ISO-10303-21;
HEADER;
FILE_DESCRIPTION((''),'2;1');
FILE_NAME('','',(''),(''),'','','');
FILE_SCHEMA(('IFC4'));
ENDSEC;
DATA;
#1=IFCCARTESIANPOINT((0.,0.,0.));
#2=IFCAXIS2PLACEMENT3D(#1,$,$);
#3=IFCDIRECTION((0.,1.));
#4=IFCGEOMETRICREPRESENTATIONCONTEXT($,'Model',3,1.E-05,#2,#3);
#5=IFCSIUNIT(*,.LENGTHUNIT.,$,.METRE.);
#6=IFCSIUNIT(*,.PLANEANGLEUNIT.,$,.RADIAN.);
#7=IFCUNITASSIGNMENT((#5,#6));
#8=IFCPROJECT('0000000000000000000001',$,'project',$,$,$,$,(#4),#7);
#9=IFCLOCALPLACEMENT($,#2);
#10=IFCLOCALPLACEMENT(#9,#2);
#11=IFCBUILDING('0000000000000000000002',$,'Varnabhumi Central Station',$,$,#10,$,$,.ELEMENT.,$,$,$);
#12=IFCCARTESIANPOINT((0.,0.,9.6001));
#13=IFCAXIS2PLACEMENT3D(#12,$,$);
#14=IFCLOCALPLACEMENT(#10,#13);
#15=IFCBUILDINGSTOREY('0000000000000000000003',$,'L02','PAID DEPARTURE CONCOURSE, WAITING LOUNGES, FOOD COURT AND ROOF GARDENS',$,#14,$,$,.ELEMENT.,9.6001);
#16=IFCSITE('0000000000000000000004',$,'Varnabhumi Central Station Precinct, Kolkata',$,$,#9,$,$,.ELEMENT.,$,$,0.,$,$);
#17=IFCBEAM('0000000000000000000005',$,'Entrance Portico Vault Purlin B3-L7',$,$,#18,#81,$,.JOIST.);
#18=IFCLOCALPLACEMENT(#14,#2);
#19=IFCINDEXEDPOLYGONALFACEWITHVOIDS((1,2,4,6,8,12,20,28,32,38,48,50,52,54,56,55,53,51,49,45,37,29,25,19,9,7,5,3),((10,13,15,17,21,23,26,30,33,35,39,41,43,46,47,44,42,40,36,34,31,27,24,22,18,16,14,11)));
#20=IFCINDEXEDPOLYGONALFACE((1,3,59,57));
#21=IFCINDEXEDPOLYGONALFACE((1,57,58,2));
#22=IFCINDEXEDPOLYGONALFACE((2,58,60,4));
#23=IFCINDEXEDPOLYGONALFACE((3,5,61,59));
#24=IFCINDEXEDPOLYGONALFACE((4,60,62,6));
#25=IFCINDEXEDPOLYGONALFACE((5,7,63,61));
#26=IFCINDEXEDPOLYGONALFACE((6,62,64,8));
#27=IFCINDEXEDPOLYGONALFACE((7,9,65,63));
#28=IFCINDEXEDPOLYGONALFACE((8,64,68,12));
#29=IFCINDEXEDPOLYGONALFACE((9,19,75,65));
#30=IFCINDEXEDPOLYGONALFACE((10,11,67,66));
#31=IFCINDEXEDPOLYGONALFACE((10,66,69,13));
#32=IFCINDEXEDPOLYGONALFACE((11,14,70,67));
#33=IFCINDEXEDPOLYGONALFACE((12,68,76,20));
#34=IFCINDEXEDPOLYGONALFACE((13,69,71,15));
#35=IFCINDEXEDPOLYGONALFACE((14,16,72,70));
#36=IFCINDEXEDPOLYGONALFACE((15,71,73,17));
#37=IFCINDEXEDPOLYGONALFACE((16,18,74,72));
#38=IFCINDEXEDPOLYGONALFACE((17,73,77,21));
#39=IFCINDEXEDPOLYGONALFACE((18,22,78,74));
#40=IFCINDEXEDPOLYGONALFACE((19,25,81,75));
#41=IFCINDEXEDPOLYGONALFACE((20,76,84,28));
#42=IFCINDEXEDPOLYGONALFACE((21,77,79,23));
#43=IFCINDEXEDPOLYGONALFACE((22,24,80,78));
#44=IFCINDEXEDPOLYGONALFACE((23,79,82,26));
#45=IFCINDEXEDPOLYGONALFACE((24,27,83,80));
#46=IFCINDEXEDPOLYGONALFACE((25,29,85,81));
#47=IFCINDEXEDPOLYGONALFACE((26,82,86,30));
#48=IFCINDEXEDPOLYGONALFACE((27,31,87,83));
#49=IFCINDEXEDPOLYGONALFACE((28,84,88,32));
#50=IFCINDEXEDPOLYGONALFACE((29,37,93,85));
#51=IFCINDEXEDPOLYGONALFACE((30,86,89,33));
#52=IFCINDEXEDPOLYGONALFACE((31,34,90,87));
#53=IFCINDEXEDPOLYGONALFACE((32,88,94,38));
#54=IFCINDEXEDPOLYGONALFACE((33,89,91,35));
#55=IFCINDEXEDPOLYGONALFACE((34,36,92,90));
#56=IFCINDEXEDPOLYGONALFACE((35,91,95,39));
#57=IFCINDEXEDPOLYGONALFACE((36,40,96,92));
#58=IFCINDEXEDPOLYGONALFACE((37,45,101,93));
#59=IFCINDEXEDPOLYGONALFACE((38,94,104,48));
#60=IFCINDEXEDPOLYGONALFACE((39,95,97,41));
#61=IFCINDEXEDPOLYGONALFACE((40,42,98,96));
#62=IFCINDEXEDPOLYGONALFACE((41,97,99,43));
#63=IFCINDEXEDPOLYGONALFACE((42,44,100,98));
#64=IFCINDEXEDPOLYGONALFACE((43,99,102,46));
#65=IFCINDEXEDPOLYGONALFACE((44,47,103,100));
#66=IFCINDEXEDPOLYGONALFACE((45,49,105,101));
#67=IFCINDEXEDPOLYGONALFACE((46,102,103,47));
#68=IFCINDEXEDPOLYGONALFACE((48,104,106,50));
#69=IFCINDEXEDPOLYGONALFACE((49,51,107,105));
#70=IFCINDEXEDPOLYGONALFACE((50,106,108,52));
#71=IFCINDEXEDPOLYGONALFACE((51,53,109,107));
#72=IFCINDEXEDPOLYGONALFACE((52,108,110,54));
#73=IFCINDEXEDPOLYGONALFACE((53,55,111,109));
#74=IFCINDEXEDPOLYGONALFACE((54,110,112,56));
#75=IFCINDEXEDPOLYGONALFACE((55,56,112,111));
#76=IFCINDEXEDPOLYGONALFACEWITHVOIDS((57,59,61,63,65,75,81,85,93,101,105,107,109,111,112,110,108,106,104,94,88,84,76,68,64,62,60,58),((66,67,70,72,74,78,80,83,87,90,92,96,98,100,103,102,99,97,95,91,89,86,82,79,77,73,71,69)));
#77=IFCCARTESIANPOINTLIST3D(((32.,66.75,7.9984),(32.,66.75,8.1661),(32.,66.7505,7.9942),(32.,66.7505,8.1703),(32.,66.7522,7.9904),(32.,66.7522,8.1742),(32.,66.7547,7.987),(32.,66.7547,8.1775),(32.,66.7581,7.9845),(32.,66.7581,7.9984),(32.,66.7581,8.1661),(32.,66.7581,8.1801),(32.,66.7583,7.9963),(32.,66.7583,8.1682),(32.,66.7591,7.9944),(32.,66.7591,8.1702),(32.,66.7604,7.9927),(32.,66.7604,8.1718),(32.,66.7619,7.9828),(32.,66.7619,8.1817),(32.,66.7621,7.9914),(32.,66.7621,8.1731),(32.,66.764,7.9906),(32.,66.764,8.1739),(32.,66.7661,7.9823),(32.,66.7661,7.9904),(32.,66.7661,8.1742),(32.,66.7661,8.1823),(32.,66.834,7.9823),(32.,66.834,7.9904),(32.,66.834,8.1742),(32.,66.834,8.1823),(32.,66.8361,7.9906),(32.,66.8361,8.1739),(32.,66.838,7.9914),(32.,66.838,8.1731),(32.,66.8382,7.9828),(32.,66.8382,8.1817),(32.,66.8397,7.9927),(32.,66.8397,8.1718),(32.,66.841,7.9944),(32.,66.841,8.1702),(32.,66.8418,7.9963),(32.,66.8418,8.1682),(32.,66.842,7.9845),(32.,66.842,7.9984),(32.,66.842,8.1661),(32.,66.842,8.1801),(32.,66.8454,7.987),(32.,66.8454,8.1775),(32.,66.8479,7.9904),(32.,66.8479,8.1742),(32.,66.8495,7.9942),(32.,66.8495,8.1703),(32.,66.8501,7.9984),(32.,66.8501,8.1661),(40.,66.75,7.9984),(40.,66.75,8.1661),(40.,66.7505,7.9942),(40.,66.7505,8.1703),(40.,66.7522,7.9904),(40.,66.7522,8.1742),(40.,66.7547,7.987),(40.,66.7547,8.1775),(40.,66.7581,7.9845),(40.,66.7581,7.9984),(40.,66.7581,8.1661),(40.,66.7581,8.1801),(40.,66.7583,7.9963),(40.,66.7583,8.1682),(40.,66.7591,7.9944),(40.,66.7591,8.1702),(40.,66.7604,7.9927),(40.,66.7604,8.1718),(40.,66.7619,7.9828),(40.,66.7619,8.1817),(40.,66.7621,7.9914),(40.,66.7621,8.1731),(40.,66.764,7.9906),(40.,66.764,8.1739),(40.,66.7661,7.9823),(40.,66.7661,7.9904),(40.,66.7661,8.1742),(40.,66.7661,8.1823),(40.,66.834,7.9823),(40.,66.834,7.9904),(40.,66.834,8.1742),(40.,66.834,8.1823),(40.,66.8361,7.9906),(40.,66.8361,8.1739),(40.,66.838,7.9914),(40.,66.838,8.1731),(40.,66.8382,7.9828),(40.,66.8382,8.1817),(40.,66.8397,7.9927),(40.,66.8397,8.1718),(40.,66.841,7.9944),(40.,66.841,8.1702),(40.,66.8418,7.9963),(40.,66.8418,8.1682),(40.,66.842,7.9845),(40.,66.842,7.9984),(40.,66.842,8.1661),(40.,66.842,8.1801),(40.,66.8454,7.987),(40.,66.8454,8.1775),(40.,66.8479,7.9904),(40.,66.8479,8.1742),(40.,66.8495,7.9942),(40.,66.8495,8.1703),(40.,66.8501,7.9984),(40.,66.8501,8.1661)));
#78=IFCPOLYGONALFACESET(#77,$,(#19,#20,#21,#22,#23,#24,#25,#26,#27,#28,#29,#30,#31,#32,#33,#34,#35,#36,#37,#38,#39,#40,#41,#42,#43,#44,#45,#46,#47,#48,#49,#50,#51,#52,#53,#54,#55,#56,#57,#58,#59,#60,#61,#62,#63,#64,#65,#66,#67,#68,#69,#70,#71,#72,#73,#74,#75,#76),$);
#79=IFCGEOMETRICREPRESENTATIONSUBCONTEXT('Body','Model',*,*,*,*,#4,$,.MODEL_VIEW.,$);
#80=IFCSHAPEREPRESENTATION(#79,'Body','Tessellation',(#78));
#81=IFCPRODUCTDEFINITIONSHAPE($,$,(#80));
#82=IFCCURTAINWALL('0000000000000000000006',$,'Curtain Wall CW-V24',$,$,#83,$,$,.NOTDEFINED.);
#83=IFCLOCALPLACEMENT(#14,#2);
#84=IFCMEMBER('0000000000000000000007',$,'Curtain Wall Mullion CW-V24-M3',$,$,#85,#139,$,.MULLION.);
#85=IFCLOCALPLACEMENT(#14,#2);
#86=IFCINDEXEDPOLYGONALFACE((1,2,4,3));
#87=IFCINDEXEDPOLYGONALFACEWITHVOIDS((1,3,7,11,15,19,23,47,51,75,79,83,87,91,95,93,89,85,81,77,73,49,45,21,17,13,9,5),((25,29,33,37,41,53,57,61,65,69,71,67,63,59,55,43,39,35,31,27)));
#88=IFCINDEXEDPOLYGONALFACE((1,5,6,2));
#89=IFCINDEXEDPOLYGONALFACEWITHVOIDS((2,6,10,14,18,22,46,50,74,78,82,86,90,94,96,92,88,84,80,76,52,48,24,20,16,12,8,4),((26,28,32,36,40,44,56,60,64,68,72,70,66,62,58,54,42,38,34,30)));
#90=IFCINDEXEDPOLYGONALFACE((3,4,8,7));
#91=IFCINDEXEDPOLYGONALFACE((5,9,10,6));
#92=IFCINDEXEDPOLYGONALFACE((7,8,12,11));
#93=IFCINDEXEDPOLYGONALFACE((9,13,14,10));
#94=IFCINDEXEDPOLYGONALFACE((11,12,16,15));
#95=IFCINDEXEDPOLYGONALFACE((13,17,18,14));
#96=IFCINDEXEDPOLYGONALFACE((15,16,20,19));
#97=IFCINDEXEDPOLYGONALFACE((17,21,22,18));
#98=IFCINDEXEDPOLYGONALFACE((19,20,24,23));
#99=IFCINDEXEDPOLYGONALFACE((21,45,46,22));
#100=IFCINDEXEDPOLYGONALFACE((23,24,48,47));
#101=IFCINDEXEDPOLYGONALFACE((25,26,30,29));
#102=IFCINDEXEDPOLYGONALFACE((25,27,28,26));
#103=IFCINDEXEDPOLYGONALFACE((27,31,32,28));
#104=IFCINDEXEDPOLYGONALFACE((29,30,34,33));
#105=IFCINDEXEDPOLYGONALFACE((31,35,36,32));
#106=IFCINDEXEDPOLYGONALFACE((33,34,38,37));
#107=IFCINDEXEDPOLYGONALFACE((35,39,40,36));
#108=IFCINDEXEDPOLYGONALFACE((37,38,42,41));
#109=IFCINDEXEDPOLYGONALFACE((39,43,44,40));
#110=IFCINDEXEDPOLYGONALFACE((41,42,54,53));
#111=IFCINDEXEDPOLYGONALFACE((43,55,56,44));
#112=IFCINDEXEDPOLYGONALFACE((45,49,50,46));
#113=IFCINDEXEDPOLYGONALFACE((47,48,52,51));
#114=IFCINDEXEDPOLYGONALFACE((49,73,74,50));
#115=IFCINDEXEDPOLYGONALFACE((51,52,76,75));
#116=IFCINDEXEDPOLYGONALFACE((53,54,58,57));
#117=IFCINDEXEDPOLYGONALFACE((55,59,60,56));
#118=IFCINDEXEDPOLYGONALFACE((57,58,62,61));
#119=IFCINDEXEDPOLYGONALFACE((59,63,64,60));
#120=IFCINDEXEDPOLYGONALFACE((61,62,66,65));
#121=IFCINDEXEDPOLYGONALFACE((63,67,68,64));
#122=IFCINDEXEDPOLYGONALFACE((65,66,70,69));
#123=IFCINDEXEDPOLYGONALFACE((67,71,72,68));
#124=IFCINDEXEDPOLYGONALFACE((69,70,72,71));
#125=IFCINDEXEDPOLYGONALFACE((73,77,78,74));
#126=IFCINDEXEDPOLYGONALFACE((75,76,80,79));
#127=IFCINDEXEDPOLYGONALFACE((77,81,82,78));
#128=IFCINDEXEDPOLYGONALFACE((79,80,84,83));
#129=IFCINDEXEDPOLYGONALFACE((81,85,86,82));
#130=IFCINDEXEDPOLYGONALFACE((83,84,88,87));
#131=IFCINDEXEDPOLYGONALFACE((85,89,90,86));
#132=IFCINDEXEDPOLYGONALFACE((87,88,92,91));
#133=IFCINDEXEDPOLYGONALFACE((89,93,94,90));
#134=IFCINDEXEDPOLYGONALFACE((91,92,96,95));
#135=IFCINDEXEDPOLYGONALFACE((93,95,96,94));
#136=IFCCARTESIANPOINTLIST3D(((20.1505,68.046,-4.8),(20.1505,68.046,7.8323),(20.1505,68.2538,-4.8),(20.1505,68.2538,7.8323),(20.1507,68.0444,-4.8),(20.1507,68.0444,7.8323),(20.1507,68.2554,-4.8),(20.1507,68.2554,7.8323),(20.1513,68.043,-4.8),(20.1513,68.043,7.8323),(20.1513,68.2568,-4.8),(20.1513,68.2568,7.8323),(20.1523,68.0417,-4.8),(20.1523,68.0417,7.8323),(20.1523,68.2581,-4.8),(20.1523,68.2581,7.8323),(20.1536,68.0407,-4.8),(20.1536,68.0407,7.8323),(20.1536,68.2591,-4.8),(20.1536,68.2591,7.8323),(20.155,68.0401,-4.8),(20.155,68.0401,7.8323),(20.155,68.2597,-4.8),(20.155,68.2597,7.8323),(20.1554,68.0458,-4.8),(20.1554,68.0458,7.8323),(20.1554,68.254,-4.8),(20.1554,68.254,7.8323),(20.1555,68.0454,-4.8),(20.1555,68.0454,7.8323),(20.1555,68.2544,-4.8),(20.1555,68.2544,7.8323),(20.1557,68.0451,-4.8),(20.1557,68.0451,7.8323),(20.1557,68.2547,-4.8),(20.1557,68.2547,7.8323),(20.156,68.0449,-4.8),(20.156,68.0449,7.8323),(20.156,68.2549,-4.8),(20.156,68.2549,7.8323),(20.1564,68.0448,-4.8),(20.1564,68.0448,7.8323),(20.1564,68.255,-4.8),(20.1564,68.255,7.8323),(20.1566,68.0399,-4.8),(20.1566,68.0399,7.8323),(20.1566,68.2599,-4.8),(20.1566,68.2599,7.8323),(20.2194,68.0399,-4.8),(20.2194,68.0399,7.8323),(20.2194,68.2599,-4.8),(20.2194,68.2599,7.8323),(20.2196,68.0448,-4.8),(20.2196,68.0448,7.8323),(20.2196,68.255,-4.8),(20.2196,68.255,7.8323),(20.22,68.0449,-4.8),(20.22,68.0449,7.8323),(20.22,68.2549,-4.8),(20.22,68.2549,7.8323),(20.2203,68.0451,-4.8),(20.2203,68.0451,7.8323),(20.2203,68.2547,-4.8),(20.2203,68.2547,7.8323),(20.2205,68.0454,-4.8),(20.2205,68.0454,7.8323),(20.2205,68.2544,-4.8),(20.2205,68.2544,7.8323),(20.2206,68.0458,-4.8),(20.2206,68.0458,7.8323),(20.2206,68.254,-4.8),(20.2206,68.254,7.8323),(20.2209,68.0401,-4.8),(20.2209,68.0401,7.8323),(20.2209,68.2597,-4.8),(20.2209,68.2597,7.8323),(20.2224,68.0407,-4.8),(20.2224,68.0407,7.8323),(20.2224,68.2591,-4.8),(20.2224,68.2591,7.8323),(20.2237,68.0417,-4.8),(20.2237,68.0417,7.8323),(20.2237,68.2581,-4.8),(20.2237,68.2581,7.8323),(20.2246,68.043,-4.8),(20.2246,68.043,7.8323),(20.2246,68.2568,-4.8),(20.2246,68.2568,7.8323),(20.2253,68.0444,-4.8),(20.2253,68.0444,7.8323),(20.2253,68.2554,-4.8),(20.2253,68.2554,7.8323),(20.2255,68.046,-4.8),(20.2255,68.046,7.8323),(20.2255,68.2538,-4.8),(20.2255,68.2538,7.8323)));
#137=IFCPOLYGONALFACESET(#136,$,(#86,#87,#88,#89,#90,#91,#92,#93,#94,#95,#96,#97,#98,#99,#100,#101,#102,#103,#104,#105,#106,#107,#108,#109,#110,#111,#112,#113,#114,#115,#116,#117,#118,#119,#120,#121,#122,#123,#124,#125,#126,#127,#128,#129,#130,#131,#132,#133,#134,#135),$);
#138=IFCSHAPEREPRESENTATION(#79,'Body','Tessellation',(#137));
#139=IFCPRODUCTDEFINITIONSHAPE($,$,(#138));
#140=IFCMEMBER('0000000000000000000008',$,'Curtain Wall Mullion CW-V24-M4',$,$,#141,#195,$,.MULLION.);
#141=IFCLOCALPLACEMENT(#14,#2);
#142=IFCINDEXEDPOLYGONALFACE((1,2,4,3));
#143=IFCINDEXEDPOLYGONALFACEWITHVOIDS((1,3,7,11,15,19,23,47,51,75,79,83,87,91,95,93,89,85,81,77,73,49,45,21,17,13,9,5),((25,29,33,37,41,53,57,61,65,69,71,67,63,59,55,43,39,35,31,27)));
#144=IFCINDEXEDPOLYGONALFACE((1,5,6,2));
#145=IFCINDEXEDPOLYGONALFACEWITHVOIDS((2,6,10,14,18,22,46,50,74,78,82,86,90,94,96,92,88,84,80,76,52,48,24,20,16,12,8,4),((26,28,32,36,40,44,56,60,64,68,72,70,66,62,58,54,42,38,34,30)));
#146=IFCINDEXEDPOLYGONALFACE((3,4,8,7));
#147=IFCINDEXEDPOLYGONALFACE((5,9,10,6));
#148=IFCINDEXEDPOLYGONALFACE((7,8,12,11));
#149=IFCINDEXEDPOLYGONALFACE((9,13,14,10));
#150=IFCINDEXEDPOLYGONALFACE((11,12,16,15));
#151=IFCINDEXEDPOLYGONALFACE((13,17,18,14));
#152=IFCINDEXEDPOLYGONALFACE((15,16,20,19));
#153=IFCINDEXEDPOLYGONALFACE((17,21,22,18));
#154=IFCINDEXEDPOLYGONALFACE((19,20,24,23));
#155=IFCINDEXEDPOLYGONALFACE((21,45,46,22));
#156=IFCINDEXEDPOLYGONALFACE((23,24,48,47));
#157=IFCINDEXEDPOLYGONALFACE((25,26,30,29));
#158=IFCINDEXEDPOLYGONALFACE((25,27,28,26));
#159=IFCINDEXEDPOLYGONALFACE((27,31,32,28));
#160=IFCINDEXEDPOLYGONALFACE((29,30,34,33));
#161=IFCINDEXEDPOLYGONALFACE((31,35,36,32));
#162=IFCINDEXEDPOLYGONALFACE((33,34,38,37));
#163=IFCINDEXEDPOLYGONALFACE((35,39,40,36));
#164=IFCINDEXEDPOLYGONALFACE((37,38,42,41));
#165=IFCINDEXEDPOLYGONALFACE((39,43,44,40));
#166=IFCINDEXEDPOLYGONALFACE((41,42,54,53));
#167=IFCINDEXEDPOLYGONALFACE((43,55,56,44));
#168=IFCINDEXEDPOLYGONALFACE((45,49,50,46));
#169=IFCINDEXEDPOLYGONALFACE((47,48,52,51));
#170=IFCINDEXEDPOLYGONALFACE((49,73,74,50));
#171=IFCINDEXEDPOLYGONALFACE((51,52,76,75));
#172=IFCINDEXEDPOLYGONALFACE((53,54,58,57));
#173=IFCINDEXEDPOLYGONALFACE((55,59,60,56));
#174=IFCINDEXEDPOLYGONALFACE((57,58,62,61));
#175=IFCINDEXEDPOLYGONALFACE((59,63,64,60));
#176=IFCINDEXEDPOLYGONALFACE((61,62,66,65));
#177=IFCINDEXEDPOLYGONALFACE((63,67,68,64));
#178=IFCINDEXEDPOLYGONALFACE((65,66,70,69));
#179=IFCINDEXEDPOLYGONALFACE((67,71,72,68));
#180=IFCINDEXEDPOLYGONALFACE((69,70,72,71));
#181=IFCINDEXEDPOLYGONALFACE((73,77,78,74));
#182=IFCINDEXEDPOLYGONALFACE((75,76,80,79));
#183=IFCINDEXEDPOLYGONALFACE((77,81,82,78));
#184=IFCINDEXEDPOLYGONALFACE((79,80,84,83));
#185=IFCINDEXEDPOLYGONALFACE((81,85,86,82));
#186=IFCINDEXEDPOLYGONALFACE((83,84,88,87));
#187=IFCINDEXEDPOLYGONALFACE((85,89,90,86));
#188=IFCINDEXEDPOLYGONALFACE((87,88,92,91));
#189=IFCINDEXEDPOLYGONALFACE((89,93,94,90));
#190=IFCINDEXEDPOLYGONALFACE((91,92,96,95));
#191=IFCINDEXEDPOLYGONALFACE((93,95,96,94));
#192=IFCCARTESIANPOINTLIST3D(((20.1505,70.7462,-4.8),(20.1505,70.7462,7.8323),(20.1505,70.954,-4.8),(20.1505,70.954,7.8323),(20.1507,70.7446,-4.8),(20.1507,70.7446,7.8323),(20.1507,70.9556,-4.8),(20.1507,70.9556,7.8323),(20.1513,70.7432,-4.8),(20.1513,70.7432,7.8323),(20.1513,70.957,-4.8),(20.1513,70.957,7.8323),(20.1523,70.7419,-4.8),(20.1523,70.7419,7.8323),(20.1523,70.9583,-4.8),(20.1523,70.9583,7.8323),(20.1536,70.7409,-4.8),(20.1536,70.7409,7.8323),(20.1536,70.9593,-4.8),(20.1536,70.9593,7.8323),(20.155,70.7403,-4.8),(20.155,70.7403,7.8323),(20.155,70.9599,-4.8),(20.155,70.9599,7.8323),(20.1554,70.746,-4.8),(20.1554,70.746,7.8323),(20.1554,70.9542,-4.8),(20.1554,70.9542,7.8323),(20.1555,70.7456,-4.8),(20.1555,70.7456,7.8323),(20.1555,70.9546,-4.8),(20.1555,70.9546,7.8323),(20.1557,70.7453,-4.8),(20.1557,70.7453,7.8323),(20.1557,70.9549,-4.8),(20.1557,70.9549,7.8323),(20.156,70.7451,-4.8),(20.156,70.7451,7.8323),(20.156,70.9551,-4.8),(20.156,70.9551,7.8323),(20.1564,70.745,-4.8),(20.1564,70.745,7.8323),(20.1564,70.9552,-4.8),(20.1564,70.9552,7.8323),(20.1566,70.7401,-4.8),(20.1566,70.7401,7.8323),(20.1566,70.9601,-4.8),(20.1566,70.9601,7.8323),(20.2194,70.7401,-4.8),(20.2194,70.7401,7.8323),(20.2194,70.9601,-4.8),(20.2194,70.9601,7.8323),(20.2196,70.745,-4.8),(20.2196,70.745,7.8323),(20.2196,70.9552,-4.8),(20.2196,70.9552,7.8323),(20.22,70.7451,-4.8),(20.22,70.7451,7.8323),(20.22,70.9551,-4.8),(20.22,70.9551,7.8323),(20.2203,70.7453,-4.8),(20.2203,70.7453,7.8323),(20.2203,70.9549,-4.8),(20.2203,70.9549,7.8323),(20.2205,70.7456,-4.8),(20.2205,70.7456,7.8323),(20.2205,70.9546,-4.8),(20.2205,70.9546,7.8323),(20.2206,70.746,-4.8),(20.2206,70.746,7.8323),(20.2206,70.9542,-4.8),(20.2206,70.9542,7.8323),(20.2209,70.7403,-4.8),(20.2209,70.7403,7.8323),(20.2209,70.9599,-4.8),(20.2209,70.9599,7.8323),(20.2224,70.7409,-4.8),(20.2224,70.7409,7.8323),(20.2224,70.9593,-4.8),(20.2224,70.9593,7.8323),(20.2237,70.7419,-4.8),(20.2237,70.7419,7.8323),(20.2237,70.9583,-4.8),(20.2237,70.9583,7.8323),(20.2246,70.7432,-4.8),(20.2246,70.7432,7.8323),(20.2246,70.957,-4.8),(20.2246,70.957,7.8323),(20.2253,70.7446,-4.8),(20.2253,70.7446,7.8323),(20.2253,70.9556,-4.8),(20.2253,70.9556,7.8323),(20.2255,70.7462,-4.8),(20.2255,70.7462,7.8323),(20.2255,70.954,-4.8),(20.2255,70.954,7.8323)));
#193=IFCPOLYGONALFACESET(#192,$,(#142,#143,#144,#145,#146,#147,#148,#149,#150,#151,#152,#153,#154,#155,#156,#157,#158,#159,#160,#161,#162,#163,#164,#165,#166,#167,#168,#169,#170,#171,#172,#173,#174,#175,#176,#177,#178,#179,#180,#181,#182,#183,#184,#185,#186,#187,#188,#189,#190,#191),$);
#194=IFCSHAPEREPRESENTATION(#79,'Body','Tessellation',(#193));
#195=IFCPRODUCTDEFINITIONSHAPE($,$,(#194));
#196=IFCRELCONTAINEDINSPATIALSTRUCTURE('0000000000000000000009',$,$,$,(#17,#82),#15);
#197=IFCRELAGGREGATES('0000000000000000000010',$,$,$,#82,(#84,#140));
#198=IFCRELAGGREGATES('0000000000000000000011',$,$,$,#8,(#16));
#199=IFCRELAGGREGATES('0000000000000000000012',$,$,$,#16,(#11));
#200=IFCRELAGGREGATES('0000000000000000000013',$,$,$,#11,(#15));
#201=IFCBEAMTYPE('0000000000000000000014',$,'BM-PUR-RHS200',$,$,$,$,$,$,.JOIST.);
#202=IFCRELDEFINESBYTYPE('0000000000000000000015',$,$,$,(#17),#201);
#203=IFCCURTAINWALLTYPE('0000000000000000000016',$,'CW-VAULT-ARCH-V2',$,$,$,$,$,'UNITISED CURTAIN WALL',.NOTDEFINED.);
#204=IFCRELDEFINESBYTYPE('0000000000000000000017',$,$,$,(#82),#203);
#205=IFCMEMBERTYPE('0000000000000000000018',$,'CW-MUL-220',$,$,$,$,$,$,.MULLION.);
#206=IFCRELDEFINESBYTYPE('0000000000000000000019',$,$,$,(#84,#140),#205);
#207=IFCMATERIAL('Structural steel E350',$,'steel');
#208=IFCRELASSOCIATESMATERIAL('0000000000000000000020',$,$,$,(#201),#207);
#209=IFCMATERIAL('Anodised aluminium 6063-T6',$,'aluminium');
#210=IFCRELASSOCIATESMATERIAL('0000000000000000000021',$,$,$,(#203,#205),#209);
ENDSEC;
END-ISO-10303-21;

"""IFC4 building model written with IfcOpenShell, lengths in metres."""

from ifc_helpers import new_model, si_unit, direction, frame, origin, origin_2d, place, context, subcontext, project, spatial, hollow_rectangle, extrude, material, material_profile, profile_set, type_object, element, aggregate, save


model = new_model("IFC4")

# Units and contexts
model_context = context("Model", 3, precision=1e-05, world=origin(), true_north=direction((0.0, 1.0)))
body_context = subcontext(model_context, "Body", "Model", "MODEL_VIEW")
ifc_project = project(units=[si_unit("LENGTHUNIT", "METRE"), si_unit("PLANEANGLEUNIT", "RADIAN")], contexts=[model_context])

# Site, building, storey
site_placement = place(None, origin())
site = spatial("IfcSite", under=ifc_project, at=site_placement, Name="Varnabhumi Central Station Precinct, Kolkata", CompositionType="ELEMENT", RefElevation=0.0)
building_placement = place(site_placement, origin())
building = spatial("IfcBuilding", under=site, at=building_placement, Name="Varnabhumi Central Station", CompositionType="ELEMENT")
storey_placement = place(building_placement, frame((0.0, 0.0, 9.6001)))
storey = spatial("IfcBuildingStorey", under=building, at=storey_placement, Name="L02", Description="PAID DEPARTURE CONCOURSE, WAITING LOUNGES, FOOD COURT AND ROOF GARDENS", CompositionType="ELEMENT", Elevation=9.6001)

# Beam
ifc_material_1 = material(Name="Structural steel E350", Category="steel")
ifc_material_profile_1 = material_profile(ifc_material_1, hollow_rectangle(XDim=0.1001, YDim=0.2, WallThickness=0.0081, InnerFilletRadius=0.0081, OuterFilletRadius=0.0161, at=origin_2d()), Name="Structural steel E350", Category="steel")
ifc_profile_set_1 = profile_set([ifc_material_profile_1], Name="Structural steel E350")
beam_type_1 = type_object("IfcBeamType", Name="BM-PUR-RHS200", PredefinedType="JOIST", material=ifc_profile_set_1)
for number, where, z_axis, x_axis, name in (
    (1, (32.0, 66.8, 8.0823), (1.0, 0.0, 0.0), (0.0, 1.0, 0.0), "Entrance Portico Vault Purlin B3-L7"),
):
    element("IfcBeam", number, at=place(storey_placement, frame(where, z_axis=z_axis, x_axis=x_axis)), inside=storey, type_object=beam_type_1, Name=name, PredefinedType="JOIST", context=body_context, shape_type="SweptSolid", body=[
        extrude(hollow_rectangle(XDim=0.1001, YDim=0.2, WallThickness=0.0081, InnerFilletRadius=0.0081, OuterFilletRadius=0.0161, at=origin_2d()), origin(), (0.0, 0.0, 1.0), 8.0),
    ])

# Curtain wall, members
ifc_material_2 = material(Name="Anodised aluminium 6063-T6", Category="aluminium")
curtain_wall_type = type_object("IfcCurtainWallType", Name="CW-VAULT-ARCH-V2", ElementType="UNITISED CURTAIN WALL", PredefinedType="NOTDEFINED", material=ifc_material_2)
curtain_wall_placement = place(storey_placement, origin())
curtain_wall = element("IfcCurtainWall", 2, at=curtain_wall_placement, inside=storey, type_object=curtain_wall_type, Name="Curtain Wall CW-V24", PredefinedType="NOTDEFINED")
ifc_material_profile_2 = material_profile(ifc_material_2, hollow_rectangle(XDim=0.075, YDim=0.22, WallThickness=0.0049, InnerFilletRadius=0.001, OuterFilletRadius=0.0061, at=origin_2d()), Name="Anodised aluminium 6063-T6", Category="aluminium")
ifc_profile_set_2 = profile_set([ifc_material_profile_2], Name="Anodised aluminium 6063-T6")
member_type_1 = type_object("IfcMemberType", Name="CW-MUL-220", PredefinedType="MULLION", material=ifc_profile_set_2)
member_1_placement = place(storey_placement, frame((20.188, 68.1499, -4.8), z_axis=(0.0, 0.0, 1.0), x_axis=(1.0, 0.0, 0.0)))
member_1 = element("IfcMember", 3, at=member_1_placement, type_object=member_type_1, Name="Curtain Wall Mullion CW-V24-M3", PredefinedType="MULLION", context=body_context, shape_type="SweptSolid", body=[
    extrude(hollow_rectangle(XDim=0.075, YDim=0.22, WallThickness=0.0049, InnerFilletRadius=0.001, OuterFilletRadius=0.0061, at=origin_2d()), origin(), (0.0, 0.0, 1.0), 12.6323),
])
member_2_placement = place(storey_placement, frame((20.188, 70.8501, -4.8), z_axis=(0.0, 0.0, 1.0), x_axis=(1.0, 0.0, 0.0)))
member_2 = element("IfcMember", 4, at=member_2_placement, type_object=member_type_1, Name="Curtain Wall Mullion CW-V24-M4", PredefinedType="MULLION", context=body_context, shape_type="SweptSolid", body=[
    extrude(hollow_rectangle(XDim=0.075, YDim=0.22, WallThickness=0.0049, InnerFilletRadius=0.001, OuterFilletRadius=0.0061, at=origin_2d()), origin(), (0.0, 0.0, 1.0), 12.6323),
])

aggregate(curtain_wall, [member_1, member_2])

save(model, "model.ifc")
